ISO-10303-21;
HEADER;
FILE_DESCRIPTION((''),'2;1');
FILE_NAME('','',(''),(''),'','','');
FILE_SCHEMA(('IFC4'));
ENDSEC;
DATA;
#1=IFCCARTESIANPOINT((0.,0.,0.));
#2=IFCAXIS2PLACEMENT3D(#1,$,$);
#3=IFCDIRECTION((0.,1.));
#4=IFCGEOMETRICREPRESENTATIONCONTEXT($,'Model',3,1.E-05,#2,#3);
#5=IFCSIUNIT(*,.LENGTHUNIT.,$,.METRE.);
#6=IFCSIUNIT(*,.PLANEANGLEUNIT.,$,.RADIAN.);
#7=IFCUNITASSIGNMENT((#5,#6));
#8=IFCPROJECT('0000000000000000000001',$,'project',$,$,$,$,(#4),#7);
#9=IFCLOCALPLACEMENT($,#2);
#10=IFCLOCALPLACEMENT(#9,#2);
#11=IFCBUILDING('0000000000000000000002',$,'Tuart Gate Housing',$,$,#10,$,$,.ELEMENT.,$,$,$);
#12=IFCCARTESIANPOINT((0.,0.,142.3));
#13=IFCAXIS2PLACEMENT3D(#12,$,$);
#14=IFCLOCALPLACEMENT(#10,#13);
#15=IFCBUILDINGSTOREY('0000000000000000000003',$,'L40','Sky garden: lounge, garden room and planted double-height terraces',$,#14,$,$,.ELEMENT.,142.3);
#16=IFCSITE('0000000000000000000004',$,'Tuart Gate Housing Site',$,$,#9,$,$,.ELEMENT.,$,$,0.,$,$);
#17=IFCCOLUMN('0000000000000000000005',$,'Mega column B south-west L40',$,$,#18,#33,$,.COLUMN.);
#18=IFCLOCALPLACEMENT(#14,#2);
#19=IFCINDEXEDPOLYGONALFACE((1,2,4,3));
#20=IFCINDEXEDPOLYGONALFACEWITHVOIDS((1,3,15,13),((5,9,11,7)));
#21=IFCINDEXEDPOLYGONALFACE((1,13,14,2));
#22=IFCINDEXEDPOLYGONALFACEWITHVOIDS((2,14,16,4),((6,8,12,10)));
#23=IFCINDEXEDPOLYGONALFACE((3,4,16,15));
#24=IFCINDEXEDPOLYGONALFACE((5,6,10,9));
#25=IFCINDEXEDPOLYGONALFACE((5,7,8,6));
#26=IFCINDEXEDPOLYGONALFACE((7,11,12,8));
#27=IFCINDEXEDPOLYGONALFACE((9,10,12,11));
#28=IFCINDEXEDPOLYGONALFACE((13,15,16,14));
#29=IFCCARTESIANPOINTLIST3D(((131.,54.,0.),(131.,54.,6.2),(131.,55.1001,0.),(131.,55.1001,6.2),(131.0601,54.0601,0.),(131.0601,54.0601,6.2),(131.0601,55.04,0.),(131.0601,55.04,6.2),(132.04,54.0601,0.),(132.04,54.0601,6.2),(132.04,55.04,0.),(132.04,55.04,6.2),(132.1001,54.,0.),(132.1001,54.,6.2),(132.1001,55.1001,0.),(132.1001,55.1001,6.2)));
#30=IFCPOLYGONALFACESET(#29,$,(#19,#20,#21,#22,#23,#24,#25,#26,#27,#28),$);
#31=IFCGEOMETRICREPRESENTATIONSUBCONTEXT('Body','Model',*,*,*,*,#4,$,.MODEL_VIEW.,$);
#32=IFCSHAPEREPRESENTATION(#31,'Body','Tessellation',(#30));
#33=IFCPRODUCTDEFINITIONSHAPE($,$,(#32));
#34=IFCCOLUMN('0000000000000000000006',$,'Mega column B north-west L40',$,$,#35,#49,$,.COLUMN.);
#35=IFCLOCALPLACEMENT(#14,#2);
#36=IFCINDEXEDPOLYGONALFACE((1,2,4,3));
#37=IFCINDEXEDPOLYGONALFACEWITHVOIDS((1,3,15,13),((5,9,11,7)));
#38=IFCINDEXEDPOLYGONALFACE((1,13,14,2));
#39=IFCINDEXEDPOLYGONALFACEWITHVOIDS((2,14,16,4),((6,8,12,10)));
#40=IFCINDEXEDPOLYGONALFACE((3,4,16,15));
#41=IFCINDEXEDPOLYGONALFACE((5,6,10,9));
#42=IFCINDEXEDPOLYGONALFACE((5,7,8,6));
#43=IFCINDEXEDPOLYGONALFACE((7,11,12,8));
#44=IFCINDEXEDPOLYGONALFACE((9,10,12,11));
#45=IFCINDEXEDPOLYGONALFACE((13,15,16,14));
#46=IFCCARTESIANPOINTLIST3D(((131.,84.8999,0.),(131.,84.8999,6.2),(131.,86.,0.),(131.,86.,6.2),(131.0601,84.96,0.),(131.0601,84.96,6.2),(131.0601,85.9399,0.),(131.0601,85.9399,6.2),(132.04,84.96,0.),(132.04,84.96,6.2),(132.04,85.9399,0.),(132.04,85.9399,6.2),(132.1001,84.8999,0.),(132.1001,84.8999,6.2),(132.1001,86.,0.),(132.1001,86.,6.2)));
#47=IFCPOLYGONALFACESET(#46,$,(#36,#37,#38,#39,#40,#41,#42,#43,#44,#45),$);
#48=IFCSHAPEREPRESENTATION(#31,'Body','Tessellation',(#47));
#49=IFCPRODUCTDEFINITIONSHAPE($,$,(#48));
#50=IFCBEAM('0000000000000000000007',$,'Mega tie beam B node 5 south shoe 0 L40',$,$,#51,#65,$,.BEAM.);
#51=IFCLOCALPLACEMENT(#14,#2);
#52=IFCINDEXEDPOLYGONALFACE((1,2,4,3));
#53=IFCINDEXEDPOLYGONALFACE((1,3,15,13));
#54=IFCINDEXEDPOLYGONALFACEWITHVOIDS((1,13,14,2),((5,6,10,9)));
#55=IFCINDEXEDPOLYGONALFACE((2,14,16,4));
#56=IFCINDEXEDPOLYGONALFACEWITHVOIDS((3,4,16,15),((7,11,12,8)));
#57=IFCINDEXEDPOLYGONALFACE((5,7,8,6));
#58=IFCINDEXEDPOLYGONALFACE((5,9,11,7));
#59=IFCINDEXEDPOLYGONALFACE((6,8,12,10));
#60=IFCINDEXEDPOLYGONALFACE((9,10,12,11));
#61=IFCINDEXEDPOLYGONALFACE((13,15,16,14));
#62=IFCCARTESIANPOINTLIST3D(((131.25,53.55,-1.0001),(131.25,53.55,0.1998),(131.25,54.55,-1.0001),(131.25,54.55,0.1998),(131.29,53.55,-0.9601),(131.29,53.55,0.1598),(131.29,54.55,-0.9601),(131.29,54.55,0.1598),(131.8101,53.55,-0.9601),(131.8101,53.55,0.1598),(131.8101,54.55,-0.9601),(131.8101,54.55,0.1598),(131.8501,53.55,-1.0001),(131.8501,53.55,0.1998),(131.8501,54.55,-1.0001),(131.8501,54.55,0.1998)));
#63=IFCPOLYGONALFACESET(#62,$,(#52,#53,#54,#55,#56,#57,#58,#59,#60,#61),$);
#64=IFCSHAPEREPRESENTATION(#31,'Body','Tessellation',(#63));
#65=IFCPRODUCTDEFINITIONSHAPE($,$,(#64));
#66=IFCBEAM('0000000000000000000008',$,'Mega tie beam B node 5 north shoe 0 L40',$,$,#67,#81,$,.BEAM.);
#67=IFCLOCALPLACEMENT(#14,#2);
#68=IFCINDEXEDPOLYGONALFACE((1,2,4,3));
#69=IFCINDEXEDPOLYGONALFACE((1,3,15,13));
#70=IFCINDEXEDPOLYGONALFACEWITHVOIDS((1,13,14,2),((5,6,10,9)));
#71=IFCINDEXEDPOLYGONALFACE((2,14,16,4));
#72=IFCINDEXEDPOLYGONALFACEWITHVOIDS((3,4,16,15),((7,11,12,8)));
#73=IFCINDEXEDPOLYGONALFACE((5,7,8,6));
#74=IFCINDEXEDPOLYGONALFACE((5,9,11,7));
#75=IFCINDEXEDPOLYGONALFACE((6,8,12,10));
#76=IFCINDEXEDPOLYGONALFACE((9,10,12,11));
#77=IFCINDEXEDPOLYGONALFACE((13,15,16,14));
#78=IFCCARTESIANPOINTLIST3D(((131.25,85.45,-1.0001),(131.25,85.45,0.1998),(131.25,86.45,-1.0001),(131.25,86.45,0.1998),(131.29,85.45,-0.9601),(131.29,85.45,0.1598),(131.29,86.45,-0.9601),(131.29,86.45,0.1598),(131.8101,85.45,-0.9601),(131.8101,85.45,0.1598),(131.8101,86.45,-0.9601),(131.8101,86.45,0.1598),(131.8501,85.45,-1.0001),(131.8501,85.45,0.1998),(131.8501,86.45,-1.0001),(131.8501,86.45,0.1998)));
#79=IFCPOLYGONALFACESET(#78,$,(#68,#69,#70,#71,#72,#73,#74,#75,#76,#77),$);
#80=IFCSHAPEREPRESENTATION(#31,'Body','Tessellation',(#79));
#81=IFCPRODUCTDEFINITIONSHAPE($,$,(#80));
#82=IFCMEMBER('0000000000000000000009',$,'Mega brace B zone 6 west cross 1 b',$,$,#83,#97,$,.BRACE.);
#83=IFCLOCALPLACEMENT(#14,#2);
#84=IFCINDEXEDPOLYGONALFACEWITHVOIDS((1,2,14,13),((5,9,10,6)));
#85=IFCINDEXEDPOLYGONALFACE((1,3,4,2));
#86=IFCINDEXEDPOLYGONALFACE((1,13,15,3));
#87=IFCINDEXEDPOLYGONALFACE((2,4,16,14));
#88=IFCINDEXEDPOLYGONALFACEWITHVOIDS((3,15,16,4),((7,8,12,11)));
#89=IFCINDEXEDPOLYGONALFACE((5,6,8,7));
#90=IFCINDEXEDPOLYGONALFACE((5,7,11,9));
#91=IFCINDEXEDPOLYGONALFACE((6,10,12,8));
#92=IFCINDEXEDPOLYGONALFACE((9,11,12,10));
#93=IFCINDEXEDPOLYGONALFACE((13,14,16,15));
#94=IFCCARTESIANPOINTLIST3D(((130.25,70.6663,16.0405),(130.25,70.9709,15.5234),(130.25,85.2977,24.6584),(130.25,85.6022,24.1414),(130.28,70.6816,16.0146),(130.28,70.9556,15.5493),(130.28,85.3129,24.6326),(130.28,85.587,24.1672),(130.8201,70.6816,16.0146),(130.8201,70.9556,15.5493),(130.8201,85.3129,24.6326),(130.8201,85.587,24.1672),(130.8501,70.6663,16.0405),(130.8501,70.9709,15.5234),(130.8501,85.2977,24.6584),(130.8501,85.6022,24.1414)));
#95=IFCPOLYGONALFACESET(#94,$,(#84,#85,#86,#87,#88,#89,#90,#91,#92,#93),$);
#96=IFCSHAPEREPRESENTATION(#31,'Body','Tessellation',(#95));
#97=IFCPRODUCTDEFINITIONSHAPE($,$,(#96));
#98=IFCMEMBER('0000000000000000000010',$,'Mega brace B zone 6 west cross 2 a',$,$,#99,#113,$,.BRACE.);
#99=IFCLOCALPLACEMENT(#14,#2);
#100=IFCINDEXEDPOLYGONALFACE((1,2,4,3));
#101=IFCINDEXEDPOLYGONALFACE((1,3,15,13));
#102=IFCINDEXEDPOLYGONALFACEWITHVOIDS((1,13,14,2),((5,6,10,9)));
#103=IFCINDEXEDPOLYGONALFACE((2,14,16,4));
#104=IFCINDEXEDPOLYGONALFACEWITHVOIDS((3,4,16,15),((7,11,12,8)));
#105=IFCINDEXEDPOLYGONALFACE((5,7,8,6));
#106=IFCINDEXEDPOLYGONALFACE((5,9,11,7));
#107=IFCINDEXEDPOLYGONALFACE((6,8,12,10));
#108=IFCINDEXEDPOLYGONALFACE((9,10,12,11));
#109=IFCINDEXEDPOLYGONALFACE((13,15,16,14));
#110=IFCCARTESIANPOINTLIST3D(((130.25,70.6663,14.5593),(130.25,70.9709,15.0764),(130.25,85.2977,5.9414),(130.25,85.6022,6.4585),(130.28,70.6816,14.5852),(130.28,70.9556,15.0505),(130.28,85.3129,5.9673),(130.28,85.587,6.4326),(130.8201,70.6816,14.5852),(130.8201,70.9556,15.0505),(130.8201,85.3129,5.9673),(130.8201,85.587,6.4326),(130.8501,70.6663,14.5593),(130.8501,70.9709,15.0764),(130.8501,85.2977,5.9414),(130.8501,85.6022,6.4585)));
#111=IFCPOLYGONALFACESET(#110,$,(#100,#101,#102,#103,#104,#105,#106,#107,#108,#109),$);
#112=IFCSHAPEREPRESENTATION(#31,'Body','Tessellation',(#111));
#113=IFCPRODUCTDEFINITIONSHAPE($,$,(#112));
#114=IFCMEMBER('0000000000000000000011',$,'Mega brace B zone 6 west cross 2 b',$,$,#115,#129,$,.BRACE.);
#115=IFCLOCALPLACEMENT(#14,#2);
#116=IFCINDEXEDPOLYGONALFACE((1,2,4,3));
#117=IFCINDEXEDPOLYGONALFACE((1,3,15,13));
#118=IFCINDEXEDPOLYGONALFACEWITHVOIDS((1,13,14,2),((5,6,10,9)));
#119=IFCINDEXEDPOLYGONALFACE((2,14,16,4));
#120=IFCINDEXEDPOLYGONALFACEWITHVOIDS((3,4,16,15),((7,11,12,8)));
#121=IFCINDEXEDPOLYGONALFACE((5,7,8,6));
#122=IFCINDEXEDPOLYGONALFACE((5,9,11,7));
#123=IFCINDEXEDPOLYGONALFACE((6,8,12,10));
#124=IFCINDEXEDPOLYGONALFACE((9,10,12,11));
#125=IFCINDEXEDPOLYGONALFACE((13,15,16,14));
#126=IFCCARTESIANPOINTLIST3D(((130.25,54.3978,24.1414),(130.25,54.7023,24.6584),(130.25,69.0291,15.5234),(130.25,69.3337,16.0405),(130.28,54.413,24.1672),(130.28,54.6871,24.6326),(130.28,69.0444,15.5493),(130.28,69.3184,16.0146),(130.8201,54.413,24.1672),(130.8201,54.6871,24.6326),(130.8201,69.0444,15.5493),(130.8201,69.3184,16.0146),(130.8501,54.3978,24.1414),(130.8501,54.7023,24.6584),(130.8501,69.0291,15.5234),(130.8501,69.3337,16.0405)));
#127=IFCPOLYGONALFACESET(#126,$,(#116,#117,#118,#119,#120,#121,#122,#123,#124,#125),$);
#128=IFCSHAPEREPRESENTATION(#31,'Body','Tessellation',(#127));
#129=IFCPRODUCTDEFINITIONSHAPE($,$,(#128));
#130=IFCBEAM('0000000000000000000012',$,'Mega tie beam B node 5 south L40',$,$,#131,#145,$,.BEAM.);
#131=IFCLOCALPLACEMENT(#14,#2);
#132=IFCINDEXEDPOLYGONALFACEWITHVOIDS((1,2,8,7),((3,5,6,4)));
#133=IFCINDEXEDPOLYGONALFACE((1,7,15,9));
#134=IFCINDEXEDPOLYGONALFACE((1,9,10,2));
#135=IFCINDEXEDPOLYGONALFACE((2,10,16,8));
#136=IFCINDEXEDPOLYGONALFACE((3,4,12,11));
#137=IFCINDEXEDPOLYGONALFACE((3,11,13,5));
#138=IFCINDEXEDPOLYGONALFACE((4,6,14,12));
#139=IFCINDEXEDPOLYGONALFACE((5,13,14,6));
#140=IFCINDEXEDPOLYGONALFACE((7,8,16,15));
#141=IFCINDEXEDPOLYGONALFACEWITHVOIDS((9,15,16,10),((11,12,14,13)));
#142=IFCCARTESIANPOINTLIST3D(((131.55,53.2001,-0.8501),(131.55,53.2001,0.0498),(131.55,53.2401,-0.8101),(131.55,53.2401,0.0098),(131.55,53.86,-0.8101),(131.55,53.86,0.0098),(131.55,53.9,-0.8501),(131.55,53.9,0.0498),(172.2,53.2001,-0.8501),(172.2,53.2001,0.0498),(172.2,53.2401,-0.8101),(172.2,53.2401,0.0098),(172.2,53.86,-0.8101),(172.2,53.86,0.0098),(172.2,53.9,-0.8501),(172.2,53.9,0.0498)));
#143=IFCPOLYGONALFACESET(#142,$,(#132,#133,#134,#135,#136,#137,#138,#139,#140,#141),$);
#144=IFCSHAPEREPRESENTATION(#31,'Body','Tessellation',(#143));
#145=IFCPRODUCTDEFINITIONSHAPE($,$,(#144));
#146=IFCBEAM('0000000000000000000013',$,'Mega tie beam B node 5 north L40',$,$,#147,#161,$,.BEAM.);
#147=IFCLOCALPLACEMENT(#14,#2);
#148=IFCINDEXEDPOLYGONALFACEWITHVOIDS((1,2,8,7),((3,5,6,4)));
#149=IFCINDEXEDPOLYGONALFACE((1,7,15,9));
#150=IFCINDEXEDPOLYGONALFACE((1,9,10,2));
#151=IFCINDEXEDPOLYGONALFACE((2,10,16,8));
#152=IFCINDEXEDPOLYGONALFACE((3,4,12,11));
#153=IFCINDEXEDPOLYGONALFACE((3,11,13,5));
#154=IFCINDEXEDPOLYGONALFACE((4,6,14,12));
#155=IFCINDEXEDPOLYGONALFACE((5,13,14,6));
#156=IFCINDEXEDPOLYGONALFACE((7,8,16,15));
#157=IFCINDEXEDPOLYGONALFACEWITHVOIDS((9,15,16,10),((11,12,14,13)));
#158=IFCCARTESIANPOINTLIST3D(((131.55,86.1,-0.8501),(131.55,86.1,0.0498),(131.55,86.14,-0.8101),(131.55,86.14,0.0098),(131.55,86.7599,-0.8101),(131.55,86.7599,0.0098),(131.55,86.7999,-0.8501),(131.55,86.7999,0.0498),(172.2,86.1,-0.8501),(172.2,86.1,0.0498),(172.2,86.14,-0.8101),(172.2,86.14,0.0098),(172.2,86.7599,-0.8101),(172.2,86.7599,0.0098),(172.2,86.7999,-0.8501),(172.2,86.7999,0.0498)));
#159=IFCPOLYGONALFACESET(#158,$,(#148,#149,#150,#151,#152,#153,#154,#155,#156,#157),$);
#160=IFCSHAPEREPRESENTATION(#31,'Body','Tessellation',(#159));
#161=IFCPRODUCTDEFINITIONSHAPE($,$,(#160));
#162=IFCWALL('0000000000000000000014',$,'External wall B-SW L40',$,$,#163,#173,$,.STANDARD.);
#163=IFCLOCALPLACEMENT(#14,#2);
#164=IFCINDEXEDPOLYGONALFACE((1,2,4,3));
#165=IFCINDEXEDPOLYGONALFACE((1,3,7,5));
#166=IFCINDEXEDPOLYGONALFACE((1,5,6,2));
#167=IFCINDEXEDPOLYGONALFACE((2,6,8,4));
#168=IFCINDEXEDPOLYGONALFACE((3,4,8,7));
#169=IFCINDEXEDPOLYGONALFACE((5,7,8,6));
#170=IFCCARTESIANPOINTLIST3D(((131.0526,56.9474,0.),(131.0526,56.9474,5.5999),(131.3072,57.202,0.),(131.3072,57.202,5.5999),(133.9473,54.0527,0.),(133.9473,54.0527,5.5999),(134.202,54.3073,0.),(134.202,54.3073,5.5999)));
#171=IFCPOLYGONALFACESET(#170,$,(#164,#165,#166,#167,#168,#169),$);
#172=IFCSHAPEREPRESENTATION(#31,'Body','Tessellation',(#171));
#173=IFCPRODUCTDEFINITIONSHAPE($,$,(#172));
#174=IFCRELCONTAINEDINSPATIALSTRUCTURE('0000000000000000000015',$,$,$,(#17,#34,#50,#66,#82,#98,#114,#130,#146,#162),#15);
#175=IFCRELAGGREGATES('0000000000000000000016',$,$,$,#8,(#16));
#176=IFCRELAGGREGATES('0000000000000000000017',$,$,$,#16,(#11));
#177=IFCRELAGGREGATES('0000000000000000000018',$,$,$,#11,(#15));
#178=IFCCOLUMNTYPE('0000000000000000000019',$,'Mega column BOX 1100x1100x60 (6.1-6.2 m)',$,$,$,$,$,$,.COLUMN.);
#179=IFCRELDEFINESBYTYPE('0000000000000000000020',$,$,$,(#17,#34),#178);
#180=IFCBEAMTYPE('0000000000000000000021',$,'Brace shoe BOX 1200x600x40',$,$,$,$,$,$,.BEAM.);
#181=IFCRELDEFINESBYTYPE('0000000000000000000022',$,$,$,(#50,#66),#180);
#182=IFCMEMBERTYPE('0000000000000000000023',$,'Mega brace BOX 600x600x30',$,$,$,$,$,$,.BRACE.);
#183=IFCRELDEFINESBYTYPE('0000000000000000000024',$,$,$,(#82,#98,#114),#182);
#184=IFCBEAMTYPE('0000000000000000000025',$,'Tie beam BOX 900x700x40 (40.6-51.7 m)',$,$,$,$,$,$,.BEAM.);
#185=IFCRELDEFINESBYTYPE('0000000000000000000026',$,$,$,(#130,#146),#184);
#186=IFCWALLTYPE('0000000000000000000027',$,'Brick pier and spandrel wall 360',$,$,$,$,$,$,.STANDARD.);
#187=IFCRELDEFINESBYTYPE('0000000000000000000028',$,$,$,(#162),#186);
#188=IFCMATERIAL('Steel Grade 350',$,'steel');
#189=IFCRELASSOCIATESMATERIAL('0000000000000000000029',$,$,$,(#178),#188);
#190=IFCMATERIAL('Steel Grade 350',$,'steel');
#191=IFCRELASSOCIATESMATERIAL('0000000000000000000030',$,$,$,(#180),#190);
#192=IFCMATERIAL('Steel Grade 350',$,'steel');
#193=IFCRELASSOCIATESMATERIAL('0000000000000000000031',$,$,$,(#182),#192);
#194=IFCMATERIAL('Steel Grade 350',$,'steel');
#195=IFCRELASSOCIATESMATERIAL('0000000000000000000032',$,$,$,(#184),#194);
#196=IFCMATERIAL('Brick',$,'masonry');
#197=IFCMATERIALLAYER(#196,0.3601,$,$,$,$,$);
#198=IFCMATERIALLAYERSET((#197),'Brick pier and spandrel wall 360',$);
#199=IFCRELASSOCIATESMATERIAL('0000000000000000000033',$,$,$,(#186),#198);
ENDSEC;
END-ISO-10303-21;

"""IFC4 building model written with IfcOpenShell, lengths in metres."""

from ifc_helpers import new_model, si_unit, direction, frame, frame_2d, origin, origin_2d, place, context, subcontext, project, spatial, rectangle, hollow_rectangle, extrude, material, layer, layer_set, material_profile, profile_set, type_object, element, save


model = new_model("IFC4")

# Units and contexts
model_context = context("Model", 3, precision=1e-05, world=origin(), true_north=direction((0.0, 1.0)))
body_context = subcontext(model_context, "Body", "Model", "MODEL_VIEW")
ifc_project = project(units=[si_unit("LENGTHUNIT", "METRE"), si_unit("PLANEANGLEUNIT", "RADIAN")], contexts=[model_context])

# Site, building, storey
site_placement = place(None, origin())
site = spatial("IfcSite", under=ifc_project, at=site_placement, Name="Tuart Gate Housing Site", CompositionType="ELEMENT", RefElevation=0.0)
building_placement = place(site_placement, origin())
building = spatial("IfcBuilding", under=site, at=building_placement, Name="Tuart Gate Housing", CompositionType="ELEMENT")
storey_placement = place(building_placement, frame((0.0, 0.0, 142.3)))
storey = spatial("IfcBuildingStorey", under=building, at=storey_placement, Name="L40", Description="Sky garden: lounge, garden room and planted double-height terraces", CompositionType="ELEMENT", Elevation=142.3)

# Columns
ifc_material_1 = material(Name="Steel Grade 350", Category="steel")
ifc_material_profile_1 = material_profile(ifc_material_1, hollow_rectangle(XDim=1.1001, YDim=1.1001, WallThickness=0.0601, at=origin_2d()), Name="BOX 1100x1100x60")
ifc_profile_set_1 = profile_set([ifc_material_profile_1], Name="Steel Grade 350")
column_type = type_object("IfcColumnType", Name="Mega column BOX 1100x1100x60 (6.1-6.2 m)", PredefinedType="COLUMN", material=ifc_profile_set_1)
for number, where, z_axis, x_axis, name in (
    (1, (131.55, 54.55, 0.0), (0.0, 0.0, 1.0), (1.0, 0.0, 0.0), "Mega column B south-west L40"),
    (2, (131.55, 85.45, 0.0), (0.0, 0.0, 1.0), (1.0, 0.0, 0.0), "Mega column B north-west L40"),
):
    element("IfcColumn", number, at=place(storey_placement, frame(where, z_axis=z_axis, x_axis=x_axis)), inside=storey, type_object=column_type, Name=name, PredefinedType="COLUMN", context=body_context, shape_type="SweptSolid", body=[
        extrude(hollow_rectangle(XDim=1.1001, YDim=1.1001, WallThickness=0.0601, at=origin_2d()), origin(), (0.0, 0.0, 1.0), 6.2),
    ])

# Beams
ifc_material_2 = material(Name="Steel Grade 350", Category="steel")
ifc_material_profile_2 = material_profile(ifc_material_2, hollow_rectangle(XDim=0.6001, YDim=1.2, WallThickness=0.04, at=origin_2d()), Name="BOX 1200x600x40")
ifc_profile_set_2 = profile_set([ifc_material_profile_2], Name="Steel Grade 350")
beam_type_1 = type_object("IfcBeamType", Name="Brace shoe BOX 1200x600x40", PredefinedType="BEAM", material=ifc_profile_set_2)
for number, where, z_axis, x_axis, name in (
    (3, (131.55, 54.55, -0.4001), (0.0, -1.0, 0.0), (1.0, 0.0, 0.0), "Mega tie beam B node 5 south shoe 0 L40"),
    (4, (131.55, 85.45, -0.4001), (0.0, 1.0, 0.0), (-1.0, 0.0, 0.0), "Mega tie beam B node 5 north shoe 0 L40"),
):
    element("IfcBeam", number, at=place(storey_placement, frame(where, z_axis=z_axis, x_axis=x_axis)), inside=storey, type_object=beam_type_1, Name=name, PredefinedType="BEAM", context=body_context, shape_type="SweptSolid", body=[
        extrude(hollow_rectangle(XDim=0.6001, YDim=1.2, WallThickness=0.04, at=origin_2d()), origin(), (0.0, 0.0, 1.0), 1.0),
    ])

# Members
ifc_material_3 = material(Name="Steel Grade 350", Category="steel")
ifc_material_profile_3 = material_profile(ifc_material_3, hollow_rectangle(XDim=0.6001, YDim=0.6001, WallThickness=0.03, at=origin_2d()), Name="BOX 600x600x30")
ifc_profile_set_3 = profile_set([ifc_material_profile_3], Name="Steel Grade 350")
member_type = type_object("IfcMemberType", Name="Mega brace BOX 600x600x30", PredefinedType="BRACE", material=ifc_profile_set_3)
for number, where, z_axis, x_axis, name in (
    (5, (130.55, 70.8186, 15.782), (0.0, 0.861645, 0.507512), (-1.0, 0.0, 0.0), "Mega brace B zone 6 west cross 1 b"),
    (6, (130.55, 85.45, 6.2), (0.0, -0.861645, 0.507512), (1.0, 0.0, 0.0), "Mega brace B zone 6 west cross 2 a"),
    (7, (130.55, 69.1814, 15.782), (0.0, -0.861645, 0.507512), (1.0, 0.0, 0.0), "Mega brace B zone 6 west cross 2 b"),
):
    element("IfcMember", number, at=place(storey_placement, frame(where, z_axis=z_axis, x_axis=x_axis)), inside=storey, type_object=member_type, Name=name, PredefinedType="BRACE", context=body_context, shape_type="SweptSolid", body=[
        extrude(hollow_rectangle(XDim=0.6001, YDim=0.6001, WallThickness=0.03, at=origin_2d()), origin(), (0.0, 0.0, 1.0), 16.9807),
    ])

# Beams
ifc_material_4 = material(Name="Steel Grade 350", Category="steel")
ifc_material_profile_4 = material_profile(ifc_material_4, hollow_rectangle(XDim=0.7, YDim=0.8999, WallThickness=0.04, at=origin_2d()), Name="BOX 900x700x40")
ifc_profile_set_4 = profile_set([ifc_material_profile_4], Name="Steel Grade 350")
beam_type_2 = type_object("IfcBeamType", Name="Tie beam BOX 900x700x40 (40.6-51.7 m)", PredefinedType="BEAM", material=ifc_profile_set_4)
for number, where, z_axis, x_axis, name in (
    (8, (131.55, 53.55, -0.4001), (1.0, 0.0, 0.0), (0.0, 1.0, 0.0), "Mega tie beam B node 5 south L40"),
    (9, (131.55, 86.45, -0.4001), (1.0, 0.0, 0.0), (0.0, 1.0, 0.0), "Mega tie beam B node 5 north L40"),
):
    element("IfcBeam", number, at=place(storey_placement, frame(where, z_axis=z_axis, x_axis=x_axis)), inside=storey, type_object=beam_type_2, Name=name, PredefinedType="BEAM", context=body_context, shape_type="SweptSolid", body=[
        extrude(hollow_rectangle(XDim=0.7, YDim=0.8999, WallThickness=0.04, at=origin_2d()), origin(), (0.0, 0.0, 1.0), 40.6499),
    ])

# Wall
ifc_material_5 = material(Name="Brick", Category="masonry")
ifc_layer_1 = layer(ifc_material_5, 0.3601)
ifc_layer_set_1 = layer_set([ifc_layer_1], Name="Brick pier and spandrel wall 360")
wall_type_1 = type_object("IfcWallType", Name="Brick pier and spandrel wall 360", PredefinedType="STANDARD", material=ifc_layer_set_1)
wall_1_placement = place(storey_placement, frame((131.1799, 57.0747, 0.0), z_axis=(0.0, 0.0, 1.0), x_axis=(0.707107, -0.707107, 0.0)))
element("IfcWall", 10, at=wall_1_placement, inside=storey, type_object=wall_type_1, Name="External wall B-SW L40", PredefinedType="STANDARD", context=body_context, shape_type="SweptSolid", body=[
    extrude(rectangle(XDim=4.0938, YDim=0.3601, at=frame_2d((2.0469, 0.0))), origin(), (0.0, 0.0, 1.0), 5.5999),
])

save(model, "model.ifc")
